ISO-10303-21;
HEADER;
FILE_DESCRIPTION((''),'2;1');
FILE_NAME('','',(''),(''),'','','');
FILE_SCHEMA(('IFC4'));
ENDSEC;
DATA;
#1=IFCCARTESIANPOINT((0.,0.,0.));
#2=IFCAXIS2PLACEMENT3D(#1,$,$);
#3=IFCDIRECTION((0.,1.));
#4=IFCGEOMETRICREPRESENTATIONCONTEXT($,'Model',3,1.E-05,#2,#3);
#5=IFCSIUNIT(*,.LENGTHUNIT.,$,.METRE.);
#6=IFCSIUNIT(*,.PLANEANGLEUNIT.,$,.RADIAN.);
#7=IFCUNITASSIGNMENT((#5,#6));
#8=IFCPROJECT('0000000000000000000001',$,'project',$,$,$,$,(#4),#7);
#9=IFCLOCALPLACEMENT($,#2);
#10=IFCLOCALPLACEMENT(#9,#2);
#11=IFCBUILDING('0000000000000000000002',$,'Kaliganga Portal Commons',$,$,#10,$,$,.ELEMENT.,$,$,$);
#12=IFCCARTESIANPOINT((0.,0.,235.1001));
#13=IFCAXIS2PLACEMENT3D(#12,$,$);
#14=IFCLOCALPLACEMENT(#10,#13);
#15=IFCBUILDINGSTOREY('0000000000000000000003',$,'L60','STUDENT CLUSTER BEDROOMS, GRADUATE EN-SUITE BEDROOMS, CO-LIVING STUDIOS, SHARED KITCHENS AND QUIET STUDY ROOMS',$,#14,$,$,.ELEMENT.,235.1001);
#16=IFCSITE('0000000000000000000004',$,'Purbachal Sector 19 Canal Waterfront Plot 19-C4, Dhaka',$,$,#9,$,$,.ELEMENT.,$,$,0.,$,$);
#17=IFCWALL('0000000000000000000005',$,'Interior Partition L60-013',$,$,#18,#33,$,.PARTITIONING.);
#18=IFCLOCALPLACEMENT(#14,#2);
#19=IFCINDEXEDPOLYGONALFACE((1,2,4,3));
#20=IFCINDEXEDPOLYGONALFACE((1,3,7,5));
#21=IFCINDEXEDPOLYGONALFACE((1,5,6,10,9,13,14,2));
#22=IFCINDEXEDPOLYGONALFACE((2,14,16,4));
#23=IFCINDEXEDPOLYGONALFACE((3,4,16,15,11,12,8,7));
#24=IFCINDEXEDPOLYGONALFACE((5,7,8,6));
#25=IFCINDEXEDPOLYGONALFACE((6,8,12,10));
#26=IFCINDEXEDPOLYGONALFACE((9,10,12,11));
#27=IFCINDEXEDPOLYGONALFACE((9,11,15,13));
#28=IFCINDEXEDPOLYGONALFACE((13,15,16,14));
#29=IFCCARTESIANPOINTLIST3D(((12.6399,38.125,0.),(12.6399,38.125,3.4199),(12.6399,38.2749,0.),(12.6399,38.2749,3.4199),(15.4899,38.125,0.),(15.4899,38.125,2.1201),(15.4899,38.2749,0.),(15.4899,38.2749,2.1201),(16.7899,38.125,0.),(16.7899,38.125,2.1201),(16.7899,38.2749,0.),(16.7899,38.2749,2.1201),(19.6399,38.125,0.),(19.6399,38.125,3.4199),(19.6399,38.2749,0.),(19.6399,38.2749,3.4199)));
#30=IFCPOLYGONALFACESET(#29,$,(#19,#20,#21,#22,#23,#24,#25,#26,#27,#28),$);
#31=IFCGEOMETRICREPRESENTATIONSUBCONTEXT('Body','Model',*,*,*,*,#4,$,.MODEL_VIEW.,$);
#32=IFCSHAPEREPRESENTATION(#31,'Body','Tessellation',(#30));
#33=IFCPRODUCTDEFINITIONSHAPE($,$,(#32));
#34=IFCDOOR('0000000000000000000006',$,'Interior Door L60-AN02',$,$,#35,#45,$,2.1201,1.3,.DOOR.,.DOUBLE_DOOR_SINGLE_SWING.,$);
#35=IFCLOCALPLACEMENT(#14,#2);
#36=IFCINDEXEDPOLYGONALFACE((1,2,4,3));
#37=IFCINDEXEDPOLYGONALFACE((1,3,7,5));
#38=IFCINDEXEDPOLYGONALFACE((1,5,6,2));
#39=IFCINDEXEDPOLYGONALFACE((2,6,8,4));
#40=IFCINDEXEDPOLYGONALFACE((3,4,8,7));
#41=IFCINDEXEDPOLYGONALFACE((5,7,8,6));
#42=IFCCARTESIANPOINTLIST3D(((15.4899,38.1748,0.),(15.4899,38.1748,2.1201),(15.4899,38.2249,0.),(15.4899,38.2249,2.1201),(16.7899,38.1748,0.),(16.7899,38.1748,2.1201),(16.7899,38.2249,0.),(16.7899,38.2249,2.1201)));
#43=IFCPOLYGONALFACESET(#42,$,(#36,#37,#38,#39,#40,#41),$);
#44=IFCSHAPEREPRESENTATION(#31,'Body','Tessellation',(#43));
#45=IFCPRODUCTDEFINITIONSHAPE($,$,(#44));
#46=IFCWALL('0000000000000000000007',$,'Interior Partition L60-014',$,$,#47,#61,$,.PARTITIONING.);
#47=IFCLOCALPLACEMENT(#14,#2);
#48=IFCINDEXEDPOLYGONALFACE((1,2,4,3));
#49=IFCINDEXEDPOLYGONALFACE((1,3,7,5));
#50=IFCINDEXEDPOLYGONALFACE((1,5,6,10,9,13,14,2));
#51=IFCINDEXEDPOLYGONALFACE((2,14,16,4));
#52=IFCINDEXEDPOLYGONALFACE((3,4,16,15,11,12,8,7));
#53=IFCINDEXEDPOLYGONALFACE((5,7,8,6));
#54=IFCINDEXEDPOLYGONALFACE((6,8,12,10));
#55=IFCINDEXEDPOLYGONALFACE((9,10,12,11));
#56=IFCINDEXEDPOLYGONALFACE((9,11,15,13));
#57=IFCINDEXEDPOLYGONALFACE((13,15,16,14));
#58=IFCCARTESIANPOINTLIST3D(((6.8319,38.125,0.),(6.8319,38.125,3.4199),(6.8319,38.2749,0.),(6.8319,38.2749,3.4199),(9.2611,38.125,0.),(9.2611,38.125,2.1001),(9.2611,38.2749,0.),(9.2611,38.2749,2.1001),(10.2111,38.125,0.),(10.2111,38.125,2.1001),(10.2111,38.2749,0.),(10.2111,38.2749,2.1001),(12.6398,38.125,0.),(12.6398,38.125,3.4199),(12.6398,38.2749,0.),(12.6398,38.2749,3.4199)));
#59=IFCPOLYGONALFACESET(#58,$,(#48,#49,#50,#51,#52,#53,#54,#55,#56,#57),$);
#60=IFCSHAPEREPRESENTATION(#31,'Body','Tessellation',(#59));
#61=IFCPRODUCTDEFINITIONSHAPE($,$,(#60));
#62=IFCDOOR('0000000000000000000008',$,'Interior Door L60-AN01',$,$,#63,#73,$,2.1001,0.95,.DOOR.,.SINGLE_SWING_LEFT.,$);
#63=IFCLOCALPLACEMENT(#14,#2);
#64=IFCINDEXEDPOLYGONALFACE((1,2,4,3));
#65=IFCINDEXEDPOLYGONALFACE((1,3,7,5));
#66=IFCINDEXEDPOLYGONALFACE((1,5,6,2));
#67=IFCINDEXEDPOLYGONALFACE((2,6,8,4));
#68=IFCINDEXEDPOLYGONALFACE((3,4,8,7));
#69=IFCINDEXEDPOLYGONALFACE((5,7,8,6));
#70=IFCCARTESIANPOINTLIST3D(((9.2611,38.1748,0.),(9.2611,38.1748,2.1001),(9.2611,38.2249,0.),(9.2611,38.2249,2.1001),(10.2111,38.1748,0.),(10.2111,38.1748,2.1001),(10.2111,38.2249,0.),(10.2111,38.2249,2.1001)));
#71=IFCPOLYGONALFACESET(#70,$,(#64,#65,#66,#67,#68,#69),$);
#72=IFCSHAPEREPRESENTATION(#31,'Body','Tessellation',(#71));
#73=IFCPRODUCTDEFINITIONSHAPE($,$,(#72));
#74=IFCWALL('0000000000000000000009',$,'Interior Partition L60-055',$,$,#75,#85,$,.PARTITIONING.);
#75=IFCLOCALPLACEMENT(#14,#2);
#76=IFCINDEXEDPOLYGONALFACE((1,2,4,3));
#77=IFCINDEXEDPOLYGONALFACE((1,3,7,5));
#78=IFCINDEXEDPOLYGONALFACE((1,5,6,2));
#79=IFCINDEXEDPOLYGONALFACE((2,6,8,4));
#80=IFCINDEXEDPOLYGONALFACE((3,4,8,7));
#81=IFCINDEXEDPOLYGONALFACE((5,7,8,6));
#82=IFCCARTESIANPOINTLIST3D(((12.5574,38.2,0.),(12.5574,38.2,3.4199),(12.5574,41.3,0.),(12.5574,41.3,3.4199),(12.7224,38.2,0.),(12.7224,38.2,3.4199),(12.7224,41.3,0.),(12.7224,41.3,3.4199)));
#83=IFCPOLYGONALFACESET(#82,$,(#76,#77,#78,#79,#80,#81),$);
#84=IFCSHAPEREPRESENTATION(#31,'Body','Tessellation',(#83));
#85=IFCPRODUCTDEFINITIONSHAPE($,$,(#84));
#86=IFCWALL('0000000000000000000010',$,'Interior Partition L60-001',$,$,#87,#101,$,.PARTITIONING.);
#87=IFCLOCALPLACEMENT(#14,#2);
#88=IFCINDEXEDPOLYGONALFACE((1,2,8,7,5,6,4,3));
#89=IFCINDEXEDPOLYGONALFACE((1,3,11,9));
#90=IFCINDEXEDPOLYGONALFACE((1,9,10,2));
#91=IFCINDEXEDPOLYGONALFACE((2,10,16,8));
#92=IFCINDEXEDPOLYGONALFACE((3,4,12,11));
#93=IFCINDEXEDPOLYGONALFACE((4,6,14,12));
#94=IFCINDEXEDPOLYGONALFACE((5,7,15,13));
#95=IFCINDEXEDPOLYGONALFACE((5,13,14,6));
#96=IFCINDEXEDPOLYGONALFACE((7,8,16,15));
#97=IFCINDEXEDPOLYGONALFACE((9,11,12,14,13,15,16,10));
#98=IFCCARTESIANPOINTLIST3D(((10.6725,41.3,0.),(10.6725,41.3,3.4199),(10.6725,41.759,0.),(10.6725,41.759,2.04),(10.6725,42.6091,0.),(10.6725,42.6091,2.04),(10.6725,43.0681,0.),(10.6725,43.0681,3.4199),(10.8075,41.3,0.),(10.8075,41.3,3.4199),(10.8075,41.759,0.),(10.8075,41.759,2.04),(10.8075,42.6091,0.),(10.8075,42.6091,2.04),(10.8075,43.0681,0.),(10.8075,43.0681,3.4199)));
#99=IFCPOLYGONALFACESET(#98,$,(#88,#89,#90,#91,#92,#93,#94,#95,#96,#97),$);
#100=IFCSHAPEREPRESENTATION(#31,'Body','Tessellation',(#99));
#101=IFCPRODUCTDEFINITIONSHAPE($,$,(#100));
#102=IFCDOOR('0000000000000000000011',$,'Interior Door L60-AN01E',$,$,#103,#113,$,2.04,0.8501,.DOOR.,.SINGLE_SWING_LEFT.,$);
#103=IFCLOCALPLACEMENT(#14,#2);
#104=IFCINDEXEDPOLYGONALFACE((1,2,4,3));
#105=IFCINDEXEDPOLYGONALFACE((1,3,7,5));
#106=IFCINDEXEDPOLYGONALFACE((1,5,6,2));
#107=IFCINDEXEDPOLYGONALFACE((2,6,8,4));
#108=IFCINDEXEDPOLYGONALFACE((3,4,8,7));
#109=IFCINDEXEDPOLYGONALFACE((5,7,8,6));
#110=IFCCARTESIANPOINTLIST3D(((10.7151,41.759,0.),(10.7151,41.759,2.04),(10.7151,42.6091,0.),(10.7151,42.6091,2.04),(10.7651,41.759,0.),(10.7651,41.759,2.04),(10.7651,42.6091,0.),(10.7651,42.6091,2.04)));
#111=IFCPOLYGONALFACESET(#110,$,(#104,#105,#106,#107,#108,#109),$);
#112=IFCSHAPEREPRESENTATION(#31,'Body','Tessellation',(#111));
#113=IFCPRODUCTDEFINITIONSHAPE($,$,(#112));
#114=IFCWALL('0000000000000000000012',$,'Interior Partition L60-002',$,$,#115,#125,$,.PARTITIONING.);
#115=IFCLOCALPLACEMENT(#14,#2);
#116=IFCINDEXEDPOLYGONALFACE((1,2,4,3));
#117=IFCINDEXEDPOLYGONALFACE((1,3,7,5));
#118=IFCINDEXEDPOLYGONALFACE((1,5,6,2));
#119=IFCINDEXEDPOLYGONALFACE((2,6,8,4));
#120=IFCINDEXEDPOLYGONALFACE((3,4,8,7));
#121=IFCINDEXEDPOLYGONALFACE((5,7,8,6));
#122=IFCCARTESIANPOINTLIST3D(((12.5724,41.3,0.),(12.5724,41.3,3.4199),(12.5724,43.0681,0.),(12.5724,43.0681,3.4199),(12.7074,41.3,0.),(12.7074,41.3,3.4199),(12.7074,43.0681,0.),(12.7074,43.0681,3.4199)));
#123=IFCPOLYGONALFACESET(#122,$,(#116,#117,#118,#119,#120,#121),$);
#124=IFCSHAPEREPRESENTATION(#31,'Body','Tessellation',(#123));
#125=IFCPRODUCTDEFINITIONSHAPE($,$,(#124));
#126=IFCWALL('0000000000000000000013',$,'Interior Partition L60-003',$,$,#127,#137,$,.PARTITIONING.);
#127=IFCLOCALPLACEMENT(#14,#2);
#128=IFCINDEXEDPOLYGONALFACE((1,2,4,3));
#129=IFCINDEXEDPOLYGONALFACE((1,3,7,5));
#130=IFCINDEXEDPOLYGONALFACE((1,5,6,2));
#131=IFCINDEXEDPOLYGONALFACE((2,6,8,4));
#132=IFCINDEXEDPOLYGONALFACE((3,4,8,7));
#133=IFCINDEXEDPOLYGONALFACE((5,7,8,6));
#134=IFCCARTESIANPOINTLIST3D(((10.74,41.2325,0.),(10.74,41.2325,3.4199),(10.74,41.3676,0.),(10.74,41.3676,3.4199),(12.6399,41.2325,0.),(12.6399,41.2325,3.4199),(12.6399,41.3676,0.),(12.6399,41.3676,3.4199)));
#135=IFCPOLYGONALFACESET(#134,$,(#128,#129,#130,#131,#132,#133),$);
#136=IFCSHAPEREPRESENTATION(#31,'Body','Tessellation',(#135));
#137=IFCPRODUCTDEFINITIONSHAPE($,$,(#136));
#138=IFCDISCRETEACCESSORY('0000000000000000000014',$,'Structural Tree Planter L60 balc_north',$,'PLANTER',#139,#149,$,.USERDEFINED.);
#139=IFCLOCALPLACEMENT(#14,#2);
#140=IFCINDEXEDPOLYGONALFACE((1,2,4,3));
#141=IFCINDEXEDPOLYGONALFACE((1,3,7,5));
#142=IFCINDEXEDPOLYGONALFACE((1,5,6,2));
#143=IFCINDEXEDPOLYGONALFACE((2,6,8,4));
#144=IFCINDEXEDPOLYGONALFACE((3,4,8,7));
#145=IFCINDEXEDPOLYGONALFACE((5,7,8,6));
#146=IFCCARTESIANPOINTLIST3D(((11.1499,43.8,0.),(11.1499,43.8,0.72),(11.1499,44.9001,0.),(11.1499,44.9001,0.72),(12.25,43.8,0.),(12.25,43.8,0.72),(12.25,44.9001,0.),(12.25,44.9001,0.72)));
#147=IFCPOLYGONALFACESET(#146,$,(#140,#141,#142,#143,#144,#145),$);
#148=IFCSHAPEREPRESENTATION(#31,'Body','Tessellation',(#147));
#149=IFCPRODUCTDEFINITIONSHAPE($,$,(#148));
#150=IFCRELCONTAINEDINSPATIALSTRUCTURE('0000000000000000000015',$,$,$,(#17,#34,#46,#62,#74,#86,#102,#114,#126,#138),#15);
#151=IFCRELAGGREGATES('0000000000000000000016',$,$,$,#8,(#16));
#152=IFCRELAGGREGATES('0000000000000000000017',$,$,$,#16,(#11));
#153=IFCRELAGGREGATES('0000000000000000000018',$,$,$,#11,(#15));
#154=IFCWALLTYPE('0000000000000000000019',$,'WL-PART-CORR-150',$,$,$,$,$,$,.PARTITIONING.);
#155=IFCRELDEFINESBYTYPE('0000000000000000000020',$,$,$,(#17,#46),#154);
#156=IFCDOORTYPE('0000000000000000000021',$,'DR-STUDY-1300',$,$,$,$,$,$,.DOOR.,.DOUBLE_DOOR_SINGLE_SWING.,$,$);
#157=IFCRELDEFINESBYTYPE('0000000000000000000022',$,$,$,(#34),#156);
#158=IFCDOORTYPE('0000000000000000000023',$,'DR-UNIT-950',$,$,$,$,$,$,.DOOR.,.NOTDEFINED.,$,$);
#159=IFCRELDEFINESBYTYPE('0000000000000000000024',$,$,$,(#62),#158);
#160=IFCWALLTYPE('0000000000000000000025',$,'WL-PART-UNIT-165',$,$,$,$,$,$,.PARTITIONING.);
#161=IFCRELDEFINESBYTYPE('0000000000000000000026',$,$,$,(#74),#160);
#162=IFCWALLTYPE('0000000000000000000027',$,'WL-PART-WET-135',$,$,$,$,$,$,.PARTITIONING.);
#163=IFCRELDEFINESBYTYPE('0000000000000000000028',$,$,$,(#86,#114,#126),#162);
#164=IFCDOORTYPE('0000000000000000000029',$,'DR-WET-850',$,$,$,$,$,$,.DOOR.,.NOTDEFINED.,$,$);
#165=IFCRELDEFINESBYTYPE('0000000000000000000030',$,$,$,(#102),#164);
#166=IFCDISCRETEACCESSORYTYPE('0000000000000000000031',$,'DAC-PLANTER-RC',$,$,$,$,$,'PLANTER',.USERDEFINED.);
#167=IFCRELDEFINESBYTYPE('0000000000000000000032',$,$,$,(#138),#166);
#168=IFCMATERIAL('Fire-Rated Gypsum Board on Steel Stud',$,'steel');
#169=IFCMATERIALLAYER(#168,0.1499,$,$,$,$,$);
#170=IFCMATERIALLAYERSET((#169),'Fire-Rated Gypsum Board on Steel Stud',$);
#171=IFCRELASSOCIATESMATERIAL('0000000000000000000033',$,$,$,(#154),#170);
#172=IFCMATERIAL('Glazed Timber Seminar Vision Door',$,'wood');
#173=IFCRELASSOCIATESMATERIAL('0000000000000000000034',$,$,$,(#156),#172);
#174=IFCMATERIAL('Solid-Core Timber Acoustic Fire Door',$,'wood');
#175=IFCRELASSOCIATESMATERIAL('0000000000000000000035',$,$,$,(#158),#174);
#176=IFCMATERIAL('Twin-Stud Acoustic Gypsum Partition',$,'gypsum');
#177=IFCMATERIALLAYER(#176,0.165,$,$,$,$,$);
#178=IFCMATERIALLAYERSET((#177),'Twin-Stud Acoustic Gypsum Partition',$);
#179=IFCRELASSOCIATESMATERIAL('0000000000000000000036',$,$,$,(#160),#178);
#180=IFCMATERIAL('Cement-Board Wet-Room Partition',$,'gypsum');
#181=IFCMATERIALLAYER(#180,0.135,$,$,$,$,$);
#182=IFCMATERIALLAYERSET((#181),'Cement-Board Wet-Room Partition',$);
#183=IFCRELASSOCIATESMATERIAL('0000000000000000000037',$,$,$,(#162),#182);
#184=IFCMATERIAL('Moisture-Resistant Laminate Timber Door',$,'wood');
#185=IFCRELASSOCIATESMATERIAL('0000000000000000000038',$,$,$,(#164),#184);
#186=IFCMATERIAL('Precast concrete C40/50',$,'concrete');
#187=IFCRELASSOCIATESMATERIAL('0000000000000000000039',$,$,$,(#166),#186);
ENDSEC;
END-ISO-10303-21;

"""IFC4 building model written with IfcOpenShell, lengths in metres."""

from ifc_helpers import new_model, si_unit, direction, frame, frame_2d, origin, origin_2d, place, context, subcontext, project, spatial, rectangle, extrude, source, transform, mapped, material, layer, layer_set, type_object, element, fill, save


model = new_model("IFC4")

# Units and contexts
model_context = context("Model", 3, precision=1e-05, world=origin(), true_north=direction((0.0, 1.0)))
body_context = subcontext(model_context, "Body", "Model", "MODEL_VIEW")
ifc_project = project(units=[si_unit("LENGTHUNIT", "METRE"), si_unit("PLANEANGLEUNIT", "RADIAN")], contexts=[model_context])

# Site, building, storey
site_placement = place(None, origin())
site = spatial("IfcSite", under=ifc_project, at=site_placement, Name="Purbachal Sector 19 Canal Waterfront Plot 19-C4, Dhaka", CompositionType="ELEMENT", RefElevation=0.0)
building_placement = place(site_placement, origin())
building = spatial("IfcBuilding", under=site, at=building_placement, Name="Kaliganga Portal Commons", CompositionType="ELEMENT")
storey_placement = place(building_placement, frame((0.0, 0.0, 235.1001)))
storey = spatial("IfcBuildingStorey", under=building, at=storey_placement, Name="L60", Description="STUDENT CLUSTER BEDROOMS, GRADUATE EN-SUITE BEDROOMS, CO-LIVING STUDIOS, SHARED KITCHENS AND QUIET STUDY ROOMS", CompositionType="ELEMENT", Elevation=235.1001)

# Walls, openings, doors
ifc_material_1 = material(Name="Fire-Rated Gypsum Board on Steel Stud", Category="steel")
ifc_layer_1 = layer(ifc_material_1, 0.1499)
ifc_layer_set_1 = layer_set([ifc_layer_1], Name="Fire-Rated Gypsum Board on Steel Stud")
wall_type_1 = type_object("IfcWallType", Name="WL-PART-CORR-150", PredefinedType="PARTITIONING", material=ifc_layer_set_1)
wall_1_placement = place(storey_placement, frame((12.6399, 38.2, 0.0), z_axis=(0.0, 0.0, 1.0), x_axis=(1.0, 0.0, 0.0)))
wall_1 = element("IfcWall", 1, at=wall_1_placement, inside=storey, type_object=wall_type_1, Name="Interior Partition L60-013", PredefinedType="PARTITIONING", context=body_context, shape_type="SweptSolid", body=[
    extrude(rectangle(XDim=7.0, YDim=0.1499, at=frame_2d((3.5, 0.0))), origin(), (0.0, 0.0, 1.0), 3.4199),
])
opening_1_placement = place(wall_1_placement, frame((2.8501, 0.0, 0.0)))
opening_1 = element("IfcOpeningElement", 2, at=opening_1_placement, cuts=wall_1, PredefinedType="OPENING", context=body_context, shape_type="SweptSolid", body=[
    extrude(rectangle(XDim=1.3, YDim=2.1201, at=frame_2d((0.6499, 1.0601))), frame((0.0, 0.085, 0.0), z_axis=(0.0, -1.0, 0.0), x_axis=(1.0, 0.0, 0.0)), (0.0, 0.0, 1.0), 0.1699),
])
ifc_material_2 = material(Name="Glazed Timber Seminar Vision Door", Category="wood")
door_type_1 = type_object("IfcDoorType", Name="DR-STUDY-1300", OperationType="DOUBLE_DOOR_SINGLE_SWING", PredefinedType="DOOR", material=ifc_material_2)
door_1_placement = place(opening_1_placement, origin())
door_1 = element("IfcDoor", 3, at=door_1_placement, inside=storey, type_object=door_type_1, Name="Interior Door L60-AN02", OperationType="DOUBLE_DOOR_SINGLE_SWING", OverallHeight=2.1201, OverallWidth=1.3, PredefinedType="DOOR", context=body_context, shape_type="SweptSolid", body=[
    extrude(rectangle(XDim=1.3, YDim=2.1201, at=frame_2d((0.6499, 1.0601))), frame((0.0, 0.0249, 0.0), z_axis=(0.0, -1.0, 0.0), x_axis=(1.0, 0.0, 0.0)), (0.0, 0.0, 1.0), 0.05),
])
fill(opening_1, door_1)
wall_2_placement = place(storey_placement, frame((6.832, 38.2, 0.0), z_axis=(0.0, 0.0, 1.0), x_axis=(1.0, 0.0, 0.0)))
wall_2 = element("IfcWall", 4, at=wall_2_placement, inside=storey, type_object=wall_type_1, Name="Interior Partition L60-014", PredefinedType="PARTITIONING", context=body_context, shape_type="SweptSolid", body=[
    extrude(rectangle(XDim=5.8079, YDim=0.1499, at=frame_2d((2.9038, 0.0))), origin(), (0.0, 0.0, 1.0), 3.4199),
])
opening_2_placement = place(wall_2_placement, frame((2.429, 0.0, 0.0)))
opening_2 = element("IfcOpeningElement", 5, at=opening_2_placement, cuts=wall_2, PredefinedType="OPENING", context=body_context, shape_type="SweptSolid", body=[
    extrude(rectangle(XDim=0.95, YDim=2.1001, at=frame_2d((0.4751, 1.05))), frame((0.0, 0.085, 0.0), z_axis=(0.0, -1.0, 0.0), x_axis=(1.0, 0.0, 0.0)), (0.0, 0.0, 1.0), 0.1699),
])
ifc_material_3 = material(Name="Solid-Core Timber Acoustic Fire Door", Category="wood")
door_type_2 = type_object("IfcDoorType", Name="DR-UNIT-950", OperationType="NOTDEFINED", PredefinedType="DOOR", material=ifc_material_3)
door_2_placement = place(opening_2_placement, origin())
door_2 = element("IfcDoor", 6, at=door_2_placement, inside=storey, type_object=door_type_2, Name="Interior Door L60-AN01", OperationType="SINGLE_SWING_LEFT", OverallHeight=2.1001, OverallWidth=0.95, PredefinedType="DOOR", context=body_context, shape_type="SweptSolid", body=[
    extrude(rectangle(XDim=0.95, YDim=2.1001, at=frame_2d((0.4751, 1.05))), frame((0.0, 0.0249, 0.0), z_axis=(0.0, -1.0, 0.0), x_axis=(1.0, 0.0, 0.0)), (0.0, 0.0, 1.0), 0.05),
])
fill(opening_2, door_2)

# Wall
ifc_material_4 = material(Name="Twin-Stud Acoustic Gypsum Partition", Category="gypsum")
ifc_layer_2 = layer(ifc_material_4, 0.165)
ifc_layer_set_2 = layer_set([ifc_layer_2], Name="Twin-Stud Acoustic Gypsum Partition")
wall_type_2 = type_object("IfcWallType", Name="WL-PART-UNIT-165", PredefinedType="PARTITIONING", material=ifc_layer_set_2)
wall_3_placement = place(storey_placement, frame((12.6399, 38.2, 0.0), z_axis=(0.0, 0.0, 1.0), x_axis=(0.0, 1.0, 0.0)))
element("IfcWall", 7, at=wall_3_placement, inside=storey, type_object=wall_type_2, Name="Interior Partition L60-055", PredefinedType="PARTITIONING", context=body_context, shape_type="SweptSolid", body=[
    extrude(rectangle(XDim=3.1001, YDim=0.165, at=frame_2d((1.55, 0.0))), origin(), (0.0, 0.0, 1.0), 3.4199),
])

# Wall, opening, door
ifc_material_5 = material(Name="Cement-Board Wet-Room Partition", Category="gypsum")
ifc_layer_3 = layer(ifc_material_5, 0.135)
ifc_layer_set_3 = layer_set([ifc_layer_3], Name="Cement-Board Wet-Room Partition")
wall_type_3 = type_object("IfcWallType", Name="WL-PART-WET-135", PredefinedType="PARTITIONING", material=ifc_layer_set_3)
wall_4_placement = place(storey_placement, frame((10.74, 41.3, 0.0), z_axis=(0.0, 0.0, 1.0), x_axis=(0.0, 1.0, 0.0)))
wall_4 = element("IfcWall", 8, at=wall_4_placement, inside=storey, type_object=wall_type_3, Name="Interior Partition L60-001", PredefinedType="PARTITIONING", context=body_context, shape_type="SweptSolid", body=[
    extrude(rectangle(XDim=1.7681, YDim=0.135, at=frame_2d((0.884, 0.0))), origin(), (0.0, 0.0, 1.0), 3.4199),
])
opening_3_placement = place(wall_4_placement, frame((0.459, 0.0, 0.0)))
opening_3 = element("IfcOpeningElement", 9, at=opening_3_placement, cuts=wall_4, PredefinedType="OPENING", context=body_context, shape_type="SweptSolid", body=[
    extrude(rectangle(XDim=0.8501, YDim=2.04, at=frame_2d((0.425, 1.02))), frame((0.0, 0.0776, 0.0), z_axis=(0.0, -1.0, 0.0), x_axis=(1.0, 0.0, 0.0)), (0.0, 0.0, 1.0), 0.155),
])
ifc_material_6 = material(Name="Moisture-Resistant Laminate Timber Door", Category="wood")
door_type_3 = type_object("IfcDoorType", Name="DR-WET-850", OperationType="NOTDEFINED", PredefinedType="DOOR", material=ifc_material_6)
door_3_placement = place(opening_3_placement, origin())
door_3 = element("IfcDoor", 10, at=door_3_placement, inside=storey, type_object=door_type_3, Name="Interior Door L60-AN01E", OperationType="SINGLE_SWING_LEFT", OverallHeight=2.04, OverallWidth=0.8501, PredefinedType="DOOR", context=body_context, shape_type="SweptSolid", body=[
    extrude(rectangle(XDim=0.8501, YDim=2.04, at=frame_2d((0.425, 1.02))), frame((0.0, 0.0249, 0.0), z_axis=(0.0, -1.0, 0.0), x_axis=(1.0, 0.0, 0.0)), (0.0, 0.0, 1.0), 0.05),
])
fill(opening_3, door_3)

# Walls
wall_5_placement = place(storey_placement, frame((12.6399, 41.3, 0.0), z_axis=(0.0, 0.0, 1.0), x_axis=(0.0, 1.0, 0.0)))
element("IfcWall", 11, at=wall_5_placement, inside=storey, type_object=wall_type_3, Name="Interior Partition L60-002", PredefinedType="PARTITIONING", context=body_context, shape_type="SweptSolid", body=[
    extrude(rectangle(XDim=1.7681, YDim=0.135, at=frame_2d((0.884, 0.0))), origin(), (0.0, 0.0, 1.0), 3.4199),
])
wall_6_placement = place(storey_placement, frame((10.74, 41.3, 0.0), z_axis=(0.0, 0.0, 1.0), x_axis=(1.0, 0.0, 0.0)))
element("IfcWall", 12, at=wall_6_placement, inside=storey, type_object=wall_type_3, Name="Interior Partition L60-003", PredefinedType="PARTITIONING", context=body_context, shape_type="SweptSolid", body=[
    extrude(rectangle(XDim=1.8999, YDim=0.135, at=frame_2d((0.95, 0.0))), origin(), (0.0, 0.0, 1.0), 3.4199),
])

# Discrete accessory
ifc_material_7 = material(Name="Precast concrete C40/50", Category="concrete")
discrete_accessory_type = type_object("IfcDiscreteAccessoryType", Name="DAC-PLANTER-RC", ElementType="PLANTER", PredefinedType="USERDEFINED", material=ifc_material_7)
shared_shape_1 = source(origin(), body_context, "Body", "SweptSolid", [
    extrude(rectangle(XDim=1.1001, YDim=1.1001, at=origin_2d()), origin(), (0.0, 0.0, 1.0), 0.72),
])
discrete_accessory_placement = place(storey_placement, frame((11.7, 44.3501, 0.0), z_axis=(0.0, 0.0, 1.0), x_axis=(1.0, 0.0, 0.0)))
element("IfcDiscreteAccessory", 13, at=discrete_accessory_placement, inside=storey, type_object=discrete_accessory_type, Name="Structural Tree Planter L60 balc_north", ObjectType="PLANTER", PredefinedType="USERDEFINED", context=body_context, shape_type="MappedRepresentation", body=[
    mapped(shared_shape_1, transform((0.0, 0.0, 0.0), x_axis=(1.0, 0.0, 0.0), y_axis=(0.0, 1.0, 0.0), z_axis=(0.0, 0.0, 1.0), scale=1.0)),
])

save(model, "model.ifc")
